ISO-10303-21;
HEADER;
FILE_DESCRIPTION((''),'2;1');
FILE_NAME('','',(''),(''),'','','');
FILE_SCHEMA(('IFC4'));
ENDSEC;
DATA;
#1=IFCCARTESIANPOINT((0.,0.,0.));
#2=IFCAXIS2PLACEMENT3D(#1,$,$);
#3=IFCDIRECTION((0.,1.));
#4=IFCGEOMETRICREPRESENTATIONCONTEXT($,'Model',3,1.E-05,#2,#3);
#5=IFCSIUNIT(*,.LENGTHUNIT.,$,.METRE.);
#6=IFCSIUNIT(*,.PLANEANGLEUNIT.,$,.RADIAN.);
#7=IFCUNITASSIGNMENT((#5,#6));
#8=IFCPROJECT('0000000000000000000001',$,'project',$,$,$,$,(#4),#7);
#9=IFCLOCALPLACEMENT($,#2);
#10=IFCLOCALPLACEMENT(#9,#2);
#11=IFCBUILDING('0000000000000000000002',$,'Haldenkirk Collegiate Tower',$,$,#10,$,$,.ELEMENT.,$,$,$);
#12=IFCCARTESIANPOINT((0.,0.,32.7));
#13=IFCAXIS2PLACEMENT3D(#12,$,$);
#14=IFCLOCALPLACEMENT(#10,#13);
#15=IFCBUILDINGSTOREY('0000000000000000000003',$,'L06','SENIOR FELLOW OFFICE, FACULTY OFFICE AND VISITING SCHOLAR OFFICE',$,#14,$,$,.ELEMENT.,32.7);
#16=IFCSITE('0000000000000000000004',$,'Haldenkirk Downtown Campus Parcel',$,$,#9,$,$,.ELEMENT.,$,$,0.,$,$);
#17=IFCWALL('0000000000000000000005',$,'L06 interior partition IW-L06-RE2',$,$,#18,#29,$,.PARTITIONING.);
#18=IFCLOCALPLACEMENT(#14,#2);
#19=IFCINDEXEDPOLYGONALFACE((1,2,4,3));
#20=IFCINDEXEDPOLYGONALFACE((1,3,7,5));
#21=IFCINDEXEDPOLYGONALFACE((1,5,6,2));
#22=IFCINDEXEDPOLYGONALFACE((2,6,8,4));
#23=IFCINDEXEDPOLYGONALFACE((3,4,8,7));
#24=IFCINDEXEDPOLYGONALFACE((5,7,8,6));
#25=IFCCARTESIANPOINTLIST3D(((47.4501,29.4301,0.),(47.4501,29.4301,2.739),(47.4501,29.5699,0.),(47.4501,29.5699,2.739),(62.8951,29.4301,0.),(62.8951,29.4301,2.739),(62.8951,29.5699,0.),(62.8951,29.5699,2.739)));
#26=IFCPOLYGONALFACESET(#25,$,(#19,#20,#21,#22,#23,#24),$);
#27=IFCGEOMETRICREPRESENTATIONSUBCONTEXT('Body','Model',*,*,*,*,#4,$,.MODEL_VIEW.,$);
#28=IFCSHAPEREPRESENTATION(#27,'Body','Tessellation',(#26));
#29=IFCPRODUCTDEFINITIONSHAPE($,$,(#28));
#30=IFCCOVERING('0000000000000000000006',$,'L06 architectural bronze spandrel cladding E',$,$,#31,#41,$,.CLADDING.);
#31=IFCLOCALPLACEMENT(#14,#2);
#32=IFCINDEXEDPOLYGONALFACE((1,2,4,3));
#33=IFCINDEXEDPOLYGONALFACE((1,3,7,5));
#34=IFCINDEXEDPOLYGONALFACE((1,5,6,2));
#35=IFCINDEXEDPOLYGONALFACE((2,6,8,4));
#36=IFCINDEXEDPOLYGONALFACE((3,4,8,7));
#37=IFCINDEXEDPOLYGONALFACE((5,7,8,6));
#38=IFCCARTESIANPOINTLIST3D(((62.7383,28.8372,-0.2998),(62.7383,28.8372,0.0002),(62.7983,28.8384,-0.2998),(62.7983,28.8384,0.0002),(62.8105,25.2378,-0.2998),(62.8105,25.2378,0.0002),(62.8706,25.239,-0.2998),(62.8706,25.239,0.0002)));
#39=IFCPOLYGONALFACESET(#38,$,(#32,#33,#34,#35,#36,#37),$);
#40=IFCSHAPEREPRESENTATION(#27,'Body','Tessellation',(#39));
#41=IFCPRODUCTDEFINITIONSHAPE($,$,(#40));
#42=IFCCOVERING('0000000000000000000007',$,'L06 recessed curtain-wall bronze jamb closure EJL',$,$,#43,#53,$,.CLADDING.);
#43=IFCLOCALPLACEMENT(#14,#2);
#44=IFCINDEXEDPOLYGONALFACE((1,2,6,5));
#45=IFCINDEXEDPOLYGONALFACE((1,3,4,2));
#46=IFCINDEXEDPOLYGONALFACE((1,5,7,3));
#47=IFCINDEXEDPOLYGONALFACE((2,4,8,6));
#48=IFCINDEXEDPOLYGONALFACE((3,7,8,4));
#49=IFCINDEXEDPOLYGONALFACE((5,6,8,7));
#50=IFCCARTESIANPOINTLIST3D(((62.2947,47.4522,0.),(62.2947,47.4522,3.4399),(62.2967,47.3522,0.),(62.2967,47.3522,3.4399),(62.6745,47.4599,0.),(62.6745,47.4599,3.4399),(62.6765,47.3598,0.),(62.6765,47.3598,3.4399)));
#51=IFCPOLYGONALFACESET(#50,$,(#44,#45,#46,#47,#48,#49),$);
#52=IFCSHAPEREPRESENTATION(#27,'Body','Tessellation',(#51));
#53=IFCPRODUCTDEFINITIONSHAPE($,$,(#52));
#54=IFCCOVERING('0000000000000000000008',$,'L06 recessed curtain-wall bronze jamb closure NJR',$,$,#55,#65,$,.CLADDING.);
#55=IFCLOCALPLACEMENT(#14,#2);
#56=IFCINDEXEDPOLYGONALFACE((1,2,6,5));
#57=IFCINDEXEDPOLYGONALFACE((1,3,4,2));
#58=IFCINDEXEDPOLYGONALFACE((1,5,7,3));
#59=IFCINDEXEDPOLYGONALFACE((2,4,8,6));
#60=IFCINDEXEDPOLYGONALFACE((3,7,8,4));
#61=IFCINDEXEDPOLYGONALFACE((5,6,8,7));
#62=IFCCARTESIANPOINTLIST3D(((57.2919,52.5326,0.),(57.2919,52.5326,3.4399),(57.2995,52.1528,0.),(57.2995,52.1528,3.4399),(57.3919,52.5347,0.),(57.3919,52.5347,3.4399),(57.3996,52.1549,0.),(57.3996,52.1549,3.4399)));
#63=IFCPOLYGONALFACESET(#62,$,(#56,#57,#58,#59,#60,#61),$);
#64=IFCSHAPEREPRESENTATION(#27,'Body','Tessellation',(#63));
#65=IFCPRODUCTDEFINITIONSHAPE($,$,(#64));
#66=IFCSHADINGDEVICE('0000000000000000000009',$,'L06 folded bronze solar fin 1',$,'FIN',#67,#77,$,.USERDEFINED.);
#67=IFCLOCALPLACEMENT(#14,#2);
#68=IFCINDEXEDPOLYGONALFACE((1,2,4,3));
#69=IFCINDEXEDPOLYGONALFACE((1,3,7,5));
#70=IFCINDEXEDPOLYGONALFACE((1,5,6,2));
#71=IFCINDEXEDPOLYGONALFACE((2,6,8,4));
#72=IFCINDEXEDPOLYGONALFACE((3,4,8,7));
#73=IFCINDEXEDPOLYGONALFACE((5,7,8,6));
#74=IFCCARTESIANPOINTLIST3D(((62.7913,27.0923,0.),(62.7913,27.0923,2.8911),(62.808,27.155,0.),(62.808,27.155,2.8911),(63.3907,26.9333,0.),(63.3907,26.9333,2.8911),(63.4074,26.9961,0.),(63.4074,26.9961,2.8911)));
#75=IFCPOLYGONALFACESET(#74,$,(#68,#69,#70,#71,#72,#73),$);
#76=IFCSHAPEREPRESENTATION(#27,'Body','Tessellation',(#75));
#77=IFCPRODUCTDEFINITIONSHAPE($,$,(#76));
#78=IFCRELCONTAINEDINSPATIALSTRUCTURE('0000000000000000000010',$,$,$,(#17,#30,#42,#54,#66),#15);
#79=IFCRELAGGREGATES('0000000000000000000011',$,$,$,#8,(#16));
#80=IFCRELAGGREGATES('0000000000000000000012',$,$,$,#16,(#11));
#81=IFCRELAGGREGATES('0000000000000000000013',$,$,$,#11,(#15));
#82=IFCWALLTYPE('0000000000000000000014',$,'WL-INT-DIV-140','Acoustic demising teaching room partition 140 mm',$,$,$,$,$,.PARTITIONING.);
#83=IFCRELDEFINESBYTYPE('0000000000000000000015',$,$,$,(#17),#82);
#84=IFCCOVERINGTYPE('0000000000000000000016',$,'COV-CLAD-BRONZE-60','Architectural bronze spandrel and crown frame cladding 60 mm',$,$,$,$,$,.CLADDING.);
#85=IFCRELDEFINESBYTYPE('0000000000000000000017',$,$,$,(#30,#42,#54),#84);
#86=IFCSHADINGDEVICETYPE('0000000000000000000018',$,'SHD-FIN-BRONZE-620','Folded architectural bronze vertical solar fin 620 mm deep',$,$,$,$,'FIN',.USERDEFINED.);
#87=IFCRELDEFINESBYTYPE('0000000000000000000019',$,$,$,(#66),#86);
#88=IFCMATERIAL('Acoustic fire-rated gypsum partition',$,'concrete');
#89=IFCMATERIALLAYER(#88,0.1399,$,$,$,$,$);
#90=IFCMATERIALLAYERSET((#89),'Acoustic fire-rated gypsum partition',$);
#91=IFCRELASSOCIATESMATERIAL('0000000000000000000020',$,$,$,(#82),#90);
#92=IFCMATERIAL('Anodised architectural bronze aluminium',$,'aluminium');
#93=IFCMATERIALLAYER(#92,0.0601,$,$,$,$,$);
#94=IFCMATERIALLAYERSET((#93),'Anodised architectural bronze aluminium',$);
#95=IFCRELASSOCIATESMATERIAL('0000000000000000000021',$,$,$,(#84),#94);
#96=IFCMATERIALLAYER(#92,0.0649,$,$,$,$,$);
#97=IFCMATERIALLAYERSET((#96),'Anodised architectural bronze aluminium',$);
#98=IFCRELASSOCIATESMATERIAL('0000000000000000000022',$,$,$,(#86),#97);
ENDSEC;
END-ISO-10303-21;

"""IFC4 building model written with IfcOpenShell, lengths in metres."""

from ifc_helpers import new_model, si_unit, direction, frame, frame_2d, origin, origin_2d, place, context, subcontext, project, spatial, rectangle, extrude, source, transform, mapped, material, layer, layer_set, type_object, element, save


model = new_model("IFC4")

# Units and contexts
model_context = context("Model", 3, precision=1e-05, world=origin(), true_north=direction((0.0, 1.0)))
body_context = subcontext(model_context, "Body", "Model", "MODEL_VIEW")
ifc_project = project(units=[si_unit("LENGTHUNIT", "METRE"), si_unit("PLANEANGLEUNIT", "RADIAN")], contexts=[model_context])

# Site, building, storey
site_placement = place(None, origin())
site = spatial("IfcSite", under=ifc_project, at=site_placement, Name="Haldenkirk Downtown Campus Parcel", CompositionType="ELEMENT", RefElevation=0.0)
building_placement = place(site_placement, origin())
building = spatial("IfcBuilding", under=site, at=building_placement, Name="Haldenkirk Collegiate Tower", CompositionType="ELEMENT")
storey_placement = place(building_placement, frame((0.0, 0.0, 32.7)))
storey = spatial("IfcBuildingStorey", under=building, at=storey_placement, Name="L06", Description="SENIOR FELLOW OFFICE, FACULTY OFFICE AND VISITING SCHOLAR OFFICE", CompositionType="ELEMENT", Elevation=32.7)

# Shared definitions
ifc_material_1 = material(Name="Anodised architectural bronze aluminium", Category="aluminium")

# Wall
ifc_material_2 = material(Name="Acoustic fire-rated gypsum partition", Category="concrete")
ifc_layer_1 = layer(ifc_material_2, 0.1399)
ifc_layer_set_1 = layer_set([ifc_layer_1], Name="Acoustic fire-rated gypsum partition")
wall_type_1 = type_object("IfcWallType", Name="WL-INT-DIV-140", Description="Acoustic demising teaching room partition 140 mm", PredefinedType="PARTITIONING", material=ifc_layer_set_1)
wall_1_placement = place(storey_placement, frame((47.45, 29.5, 0.0), z_axis=(0.0, 0.0, 1.0), x_axis=(1.0, 0.0, 0.0)))
element("IfcWall", 1, at=wall_1_placement, inside=storey, type_object=wall_type_1, Name="L06 interior partition IW-L06-RE2", PredefinedType="PARTITIONING", context=body_context, shape_type="SweptSolid", body=[
    extrude(rectangle(XDim=15.4451, YDim=0.1399, at=frame_2d((7.7227, 0.0))), origin(), (0.0, 0.0, 1.0), 2.739),
])

# Coverings
ifc_layer_2 = layer(ifc_material_1, 0.0601)
ifc_layer_set_2 = layer_set([ifc_layer_2], Name="Anodised architectural bronze aluminium")
covering_type = type_object("IfcCoveringType", Name="COV-CLAD-BRONZE-60", Description="Architectural bronze spandrel and crown frame cladding 60 mm", PredefinedType="CLADDING", material=ifc_layer_set_2)
shared_shape_1 = source(origin(), body_context, "Body", "SweptSolid", [
    extrude(rectangle(XDim=3.6001, YDim=0.0601, at=origin_2d()), origin(), (0.0, 0.0, 1.0), 0.3),
])
covering_placement = place(storey_placement, frame((62.8044, 27.0381, -0.2998), z_axis=(0.0, 0.0, 1.0), x_axis=(0.02007, -0.999799, 0.0)))
element("IfcCovering", 2, at=covering_placement, inside=storey, type_object=covering_type, Name="L06 architectural bronze spandrel cladding E", PredefinedType="CLADDING", context=body_context, shape_type="MappedRepresentation", body=[
    mapped(shared_shape_1, transform((0.0, 0.0, 0.0), x_axis=(1.0, 0.0, 0.0), y_axis=(0.0, 1.0, 0.0), z_axis=(0.0, 0.0, 1.0), scale=1.0)),
])
shared_shape_2 = source(origin(), body_context, "Body", "SweptSolid", [
    extrude(rectangle(XDim=0.1001, YDim=0.3799, at=origin_2d()), origin(), (0.0, 0.0, 1.0), 3.4399),
])
for number, where, z_axis, x_axis, name in (
    (3, (62.4856, 47.406, 0.0), (0.0, 0.0, 1.0), (0.02007, -0.999799, 0.0), "L06 recessed curtain-wall bronze jamb closure EJL"),
    (4, (57.3457, 52.3438, 0.0), (0.0, 0.0, 1.0), (0.999799, 0.02007, 0.0), "L06 recessed curtain-wall bronze jamb closure NJR"),
):
    element("IfcCovering", number, at=place(storey_placement, frame(where, z_axis=z_axis, x_axis=x_axis)), inside=storey, type_object=covering_type, Name=name, PredefinedType="CLADDING", context=body_context, shape_type="MappedRepresentation", body=[
        mapped(shared_shape_2, transform((0.0, 0.0, 0.0), x_axis=(1.0, 0.0, 0.0), y_axis=(0.0, 1.0, 0.0), z_axis=(0.0, 0.0, 1.0), scale=1.0)),
    ])

# Shading device
ifc_layer_3 = layer(ifc_material_1, 0.0649)
ifc_layer_set_3 = layer_set([ifc_layer_3], Name="Anodised architectural bronze aluminium")
shading_device_type = type_object("IfcShadingDeviceType", Name="SHD-FIN-BRONZE-620", Description="Folded architectural bronze vertical solar fin 620 mm deep", ElementType="FIN", PredefinedType="USERDEFINED", material=ifc_layer_set_3)
shared_shape_3 = source(origin(), body_context, "Body", "SweptSolid", [
    extrude(rectangle(XDim=0.6201, YDim=0.0649, at=origin_2d()), origin(), (0.0, 0.0, 1.0), 2.8911),
])
shading_device_placement = place(storey_placement, frame((63.0994, 27.0442, 0.0), z_axis=(0.0, 0.0, 1.0), x_axis=(0.9666, -0.256289, 0.0)))
element("IfcShadingDevice", 5, at=shading_device_placement, inside=storey, type_object=shading_device_type, Name="L06 folded bronze solar fin 1", ObjectType="FIN", PredefinedType="USERDEFINED", context=body_context, shape_type="MappedRepresentation", body=[
    mapped(shared_shape_3, transform((0.0, 0.0, 0.0), x_axis=(1.0, 0.0, 0.0), y_axis=(0.0, 1.0, 0.0), z_axis=(0.0, 0.0, 1.0), scale=1.0)),
])

save(model, "model.ifc")
